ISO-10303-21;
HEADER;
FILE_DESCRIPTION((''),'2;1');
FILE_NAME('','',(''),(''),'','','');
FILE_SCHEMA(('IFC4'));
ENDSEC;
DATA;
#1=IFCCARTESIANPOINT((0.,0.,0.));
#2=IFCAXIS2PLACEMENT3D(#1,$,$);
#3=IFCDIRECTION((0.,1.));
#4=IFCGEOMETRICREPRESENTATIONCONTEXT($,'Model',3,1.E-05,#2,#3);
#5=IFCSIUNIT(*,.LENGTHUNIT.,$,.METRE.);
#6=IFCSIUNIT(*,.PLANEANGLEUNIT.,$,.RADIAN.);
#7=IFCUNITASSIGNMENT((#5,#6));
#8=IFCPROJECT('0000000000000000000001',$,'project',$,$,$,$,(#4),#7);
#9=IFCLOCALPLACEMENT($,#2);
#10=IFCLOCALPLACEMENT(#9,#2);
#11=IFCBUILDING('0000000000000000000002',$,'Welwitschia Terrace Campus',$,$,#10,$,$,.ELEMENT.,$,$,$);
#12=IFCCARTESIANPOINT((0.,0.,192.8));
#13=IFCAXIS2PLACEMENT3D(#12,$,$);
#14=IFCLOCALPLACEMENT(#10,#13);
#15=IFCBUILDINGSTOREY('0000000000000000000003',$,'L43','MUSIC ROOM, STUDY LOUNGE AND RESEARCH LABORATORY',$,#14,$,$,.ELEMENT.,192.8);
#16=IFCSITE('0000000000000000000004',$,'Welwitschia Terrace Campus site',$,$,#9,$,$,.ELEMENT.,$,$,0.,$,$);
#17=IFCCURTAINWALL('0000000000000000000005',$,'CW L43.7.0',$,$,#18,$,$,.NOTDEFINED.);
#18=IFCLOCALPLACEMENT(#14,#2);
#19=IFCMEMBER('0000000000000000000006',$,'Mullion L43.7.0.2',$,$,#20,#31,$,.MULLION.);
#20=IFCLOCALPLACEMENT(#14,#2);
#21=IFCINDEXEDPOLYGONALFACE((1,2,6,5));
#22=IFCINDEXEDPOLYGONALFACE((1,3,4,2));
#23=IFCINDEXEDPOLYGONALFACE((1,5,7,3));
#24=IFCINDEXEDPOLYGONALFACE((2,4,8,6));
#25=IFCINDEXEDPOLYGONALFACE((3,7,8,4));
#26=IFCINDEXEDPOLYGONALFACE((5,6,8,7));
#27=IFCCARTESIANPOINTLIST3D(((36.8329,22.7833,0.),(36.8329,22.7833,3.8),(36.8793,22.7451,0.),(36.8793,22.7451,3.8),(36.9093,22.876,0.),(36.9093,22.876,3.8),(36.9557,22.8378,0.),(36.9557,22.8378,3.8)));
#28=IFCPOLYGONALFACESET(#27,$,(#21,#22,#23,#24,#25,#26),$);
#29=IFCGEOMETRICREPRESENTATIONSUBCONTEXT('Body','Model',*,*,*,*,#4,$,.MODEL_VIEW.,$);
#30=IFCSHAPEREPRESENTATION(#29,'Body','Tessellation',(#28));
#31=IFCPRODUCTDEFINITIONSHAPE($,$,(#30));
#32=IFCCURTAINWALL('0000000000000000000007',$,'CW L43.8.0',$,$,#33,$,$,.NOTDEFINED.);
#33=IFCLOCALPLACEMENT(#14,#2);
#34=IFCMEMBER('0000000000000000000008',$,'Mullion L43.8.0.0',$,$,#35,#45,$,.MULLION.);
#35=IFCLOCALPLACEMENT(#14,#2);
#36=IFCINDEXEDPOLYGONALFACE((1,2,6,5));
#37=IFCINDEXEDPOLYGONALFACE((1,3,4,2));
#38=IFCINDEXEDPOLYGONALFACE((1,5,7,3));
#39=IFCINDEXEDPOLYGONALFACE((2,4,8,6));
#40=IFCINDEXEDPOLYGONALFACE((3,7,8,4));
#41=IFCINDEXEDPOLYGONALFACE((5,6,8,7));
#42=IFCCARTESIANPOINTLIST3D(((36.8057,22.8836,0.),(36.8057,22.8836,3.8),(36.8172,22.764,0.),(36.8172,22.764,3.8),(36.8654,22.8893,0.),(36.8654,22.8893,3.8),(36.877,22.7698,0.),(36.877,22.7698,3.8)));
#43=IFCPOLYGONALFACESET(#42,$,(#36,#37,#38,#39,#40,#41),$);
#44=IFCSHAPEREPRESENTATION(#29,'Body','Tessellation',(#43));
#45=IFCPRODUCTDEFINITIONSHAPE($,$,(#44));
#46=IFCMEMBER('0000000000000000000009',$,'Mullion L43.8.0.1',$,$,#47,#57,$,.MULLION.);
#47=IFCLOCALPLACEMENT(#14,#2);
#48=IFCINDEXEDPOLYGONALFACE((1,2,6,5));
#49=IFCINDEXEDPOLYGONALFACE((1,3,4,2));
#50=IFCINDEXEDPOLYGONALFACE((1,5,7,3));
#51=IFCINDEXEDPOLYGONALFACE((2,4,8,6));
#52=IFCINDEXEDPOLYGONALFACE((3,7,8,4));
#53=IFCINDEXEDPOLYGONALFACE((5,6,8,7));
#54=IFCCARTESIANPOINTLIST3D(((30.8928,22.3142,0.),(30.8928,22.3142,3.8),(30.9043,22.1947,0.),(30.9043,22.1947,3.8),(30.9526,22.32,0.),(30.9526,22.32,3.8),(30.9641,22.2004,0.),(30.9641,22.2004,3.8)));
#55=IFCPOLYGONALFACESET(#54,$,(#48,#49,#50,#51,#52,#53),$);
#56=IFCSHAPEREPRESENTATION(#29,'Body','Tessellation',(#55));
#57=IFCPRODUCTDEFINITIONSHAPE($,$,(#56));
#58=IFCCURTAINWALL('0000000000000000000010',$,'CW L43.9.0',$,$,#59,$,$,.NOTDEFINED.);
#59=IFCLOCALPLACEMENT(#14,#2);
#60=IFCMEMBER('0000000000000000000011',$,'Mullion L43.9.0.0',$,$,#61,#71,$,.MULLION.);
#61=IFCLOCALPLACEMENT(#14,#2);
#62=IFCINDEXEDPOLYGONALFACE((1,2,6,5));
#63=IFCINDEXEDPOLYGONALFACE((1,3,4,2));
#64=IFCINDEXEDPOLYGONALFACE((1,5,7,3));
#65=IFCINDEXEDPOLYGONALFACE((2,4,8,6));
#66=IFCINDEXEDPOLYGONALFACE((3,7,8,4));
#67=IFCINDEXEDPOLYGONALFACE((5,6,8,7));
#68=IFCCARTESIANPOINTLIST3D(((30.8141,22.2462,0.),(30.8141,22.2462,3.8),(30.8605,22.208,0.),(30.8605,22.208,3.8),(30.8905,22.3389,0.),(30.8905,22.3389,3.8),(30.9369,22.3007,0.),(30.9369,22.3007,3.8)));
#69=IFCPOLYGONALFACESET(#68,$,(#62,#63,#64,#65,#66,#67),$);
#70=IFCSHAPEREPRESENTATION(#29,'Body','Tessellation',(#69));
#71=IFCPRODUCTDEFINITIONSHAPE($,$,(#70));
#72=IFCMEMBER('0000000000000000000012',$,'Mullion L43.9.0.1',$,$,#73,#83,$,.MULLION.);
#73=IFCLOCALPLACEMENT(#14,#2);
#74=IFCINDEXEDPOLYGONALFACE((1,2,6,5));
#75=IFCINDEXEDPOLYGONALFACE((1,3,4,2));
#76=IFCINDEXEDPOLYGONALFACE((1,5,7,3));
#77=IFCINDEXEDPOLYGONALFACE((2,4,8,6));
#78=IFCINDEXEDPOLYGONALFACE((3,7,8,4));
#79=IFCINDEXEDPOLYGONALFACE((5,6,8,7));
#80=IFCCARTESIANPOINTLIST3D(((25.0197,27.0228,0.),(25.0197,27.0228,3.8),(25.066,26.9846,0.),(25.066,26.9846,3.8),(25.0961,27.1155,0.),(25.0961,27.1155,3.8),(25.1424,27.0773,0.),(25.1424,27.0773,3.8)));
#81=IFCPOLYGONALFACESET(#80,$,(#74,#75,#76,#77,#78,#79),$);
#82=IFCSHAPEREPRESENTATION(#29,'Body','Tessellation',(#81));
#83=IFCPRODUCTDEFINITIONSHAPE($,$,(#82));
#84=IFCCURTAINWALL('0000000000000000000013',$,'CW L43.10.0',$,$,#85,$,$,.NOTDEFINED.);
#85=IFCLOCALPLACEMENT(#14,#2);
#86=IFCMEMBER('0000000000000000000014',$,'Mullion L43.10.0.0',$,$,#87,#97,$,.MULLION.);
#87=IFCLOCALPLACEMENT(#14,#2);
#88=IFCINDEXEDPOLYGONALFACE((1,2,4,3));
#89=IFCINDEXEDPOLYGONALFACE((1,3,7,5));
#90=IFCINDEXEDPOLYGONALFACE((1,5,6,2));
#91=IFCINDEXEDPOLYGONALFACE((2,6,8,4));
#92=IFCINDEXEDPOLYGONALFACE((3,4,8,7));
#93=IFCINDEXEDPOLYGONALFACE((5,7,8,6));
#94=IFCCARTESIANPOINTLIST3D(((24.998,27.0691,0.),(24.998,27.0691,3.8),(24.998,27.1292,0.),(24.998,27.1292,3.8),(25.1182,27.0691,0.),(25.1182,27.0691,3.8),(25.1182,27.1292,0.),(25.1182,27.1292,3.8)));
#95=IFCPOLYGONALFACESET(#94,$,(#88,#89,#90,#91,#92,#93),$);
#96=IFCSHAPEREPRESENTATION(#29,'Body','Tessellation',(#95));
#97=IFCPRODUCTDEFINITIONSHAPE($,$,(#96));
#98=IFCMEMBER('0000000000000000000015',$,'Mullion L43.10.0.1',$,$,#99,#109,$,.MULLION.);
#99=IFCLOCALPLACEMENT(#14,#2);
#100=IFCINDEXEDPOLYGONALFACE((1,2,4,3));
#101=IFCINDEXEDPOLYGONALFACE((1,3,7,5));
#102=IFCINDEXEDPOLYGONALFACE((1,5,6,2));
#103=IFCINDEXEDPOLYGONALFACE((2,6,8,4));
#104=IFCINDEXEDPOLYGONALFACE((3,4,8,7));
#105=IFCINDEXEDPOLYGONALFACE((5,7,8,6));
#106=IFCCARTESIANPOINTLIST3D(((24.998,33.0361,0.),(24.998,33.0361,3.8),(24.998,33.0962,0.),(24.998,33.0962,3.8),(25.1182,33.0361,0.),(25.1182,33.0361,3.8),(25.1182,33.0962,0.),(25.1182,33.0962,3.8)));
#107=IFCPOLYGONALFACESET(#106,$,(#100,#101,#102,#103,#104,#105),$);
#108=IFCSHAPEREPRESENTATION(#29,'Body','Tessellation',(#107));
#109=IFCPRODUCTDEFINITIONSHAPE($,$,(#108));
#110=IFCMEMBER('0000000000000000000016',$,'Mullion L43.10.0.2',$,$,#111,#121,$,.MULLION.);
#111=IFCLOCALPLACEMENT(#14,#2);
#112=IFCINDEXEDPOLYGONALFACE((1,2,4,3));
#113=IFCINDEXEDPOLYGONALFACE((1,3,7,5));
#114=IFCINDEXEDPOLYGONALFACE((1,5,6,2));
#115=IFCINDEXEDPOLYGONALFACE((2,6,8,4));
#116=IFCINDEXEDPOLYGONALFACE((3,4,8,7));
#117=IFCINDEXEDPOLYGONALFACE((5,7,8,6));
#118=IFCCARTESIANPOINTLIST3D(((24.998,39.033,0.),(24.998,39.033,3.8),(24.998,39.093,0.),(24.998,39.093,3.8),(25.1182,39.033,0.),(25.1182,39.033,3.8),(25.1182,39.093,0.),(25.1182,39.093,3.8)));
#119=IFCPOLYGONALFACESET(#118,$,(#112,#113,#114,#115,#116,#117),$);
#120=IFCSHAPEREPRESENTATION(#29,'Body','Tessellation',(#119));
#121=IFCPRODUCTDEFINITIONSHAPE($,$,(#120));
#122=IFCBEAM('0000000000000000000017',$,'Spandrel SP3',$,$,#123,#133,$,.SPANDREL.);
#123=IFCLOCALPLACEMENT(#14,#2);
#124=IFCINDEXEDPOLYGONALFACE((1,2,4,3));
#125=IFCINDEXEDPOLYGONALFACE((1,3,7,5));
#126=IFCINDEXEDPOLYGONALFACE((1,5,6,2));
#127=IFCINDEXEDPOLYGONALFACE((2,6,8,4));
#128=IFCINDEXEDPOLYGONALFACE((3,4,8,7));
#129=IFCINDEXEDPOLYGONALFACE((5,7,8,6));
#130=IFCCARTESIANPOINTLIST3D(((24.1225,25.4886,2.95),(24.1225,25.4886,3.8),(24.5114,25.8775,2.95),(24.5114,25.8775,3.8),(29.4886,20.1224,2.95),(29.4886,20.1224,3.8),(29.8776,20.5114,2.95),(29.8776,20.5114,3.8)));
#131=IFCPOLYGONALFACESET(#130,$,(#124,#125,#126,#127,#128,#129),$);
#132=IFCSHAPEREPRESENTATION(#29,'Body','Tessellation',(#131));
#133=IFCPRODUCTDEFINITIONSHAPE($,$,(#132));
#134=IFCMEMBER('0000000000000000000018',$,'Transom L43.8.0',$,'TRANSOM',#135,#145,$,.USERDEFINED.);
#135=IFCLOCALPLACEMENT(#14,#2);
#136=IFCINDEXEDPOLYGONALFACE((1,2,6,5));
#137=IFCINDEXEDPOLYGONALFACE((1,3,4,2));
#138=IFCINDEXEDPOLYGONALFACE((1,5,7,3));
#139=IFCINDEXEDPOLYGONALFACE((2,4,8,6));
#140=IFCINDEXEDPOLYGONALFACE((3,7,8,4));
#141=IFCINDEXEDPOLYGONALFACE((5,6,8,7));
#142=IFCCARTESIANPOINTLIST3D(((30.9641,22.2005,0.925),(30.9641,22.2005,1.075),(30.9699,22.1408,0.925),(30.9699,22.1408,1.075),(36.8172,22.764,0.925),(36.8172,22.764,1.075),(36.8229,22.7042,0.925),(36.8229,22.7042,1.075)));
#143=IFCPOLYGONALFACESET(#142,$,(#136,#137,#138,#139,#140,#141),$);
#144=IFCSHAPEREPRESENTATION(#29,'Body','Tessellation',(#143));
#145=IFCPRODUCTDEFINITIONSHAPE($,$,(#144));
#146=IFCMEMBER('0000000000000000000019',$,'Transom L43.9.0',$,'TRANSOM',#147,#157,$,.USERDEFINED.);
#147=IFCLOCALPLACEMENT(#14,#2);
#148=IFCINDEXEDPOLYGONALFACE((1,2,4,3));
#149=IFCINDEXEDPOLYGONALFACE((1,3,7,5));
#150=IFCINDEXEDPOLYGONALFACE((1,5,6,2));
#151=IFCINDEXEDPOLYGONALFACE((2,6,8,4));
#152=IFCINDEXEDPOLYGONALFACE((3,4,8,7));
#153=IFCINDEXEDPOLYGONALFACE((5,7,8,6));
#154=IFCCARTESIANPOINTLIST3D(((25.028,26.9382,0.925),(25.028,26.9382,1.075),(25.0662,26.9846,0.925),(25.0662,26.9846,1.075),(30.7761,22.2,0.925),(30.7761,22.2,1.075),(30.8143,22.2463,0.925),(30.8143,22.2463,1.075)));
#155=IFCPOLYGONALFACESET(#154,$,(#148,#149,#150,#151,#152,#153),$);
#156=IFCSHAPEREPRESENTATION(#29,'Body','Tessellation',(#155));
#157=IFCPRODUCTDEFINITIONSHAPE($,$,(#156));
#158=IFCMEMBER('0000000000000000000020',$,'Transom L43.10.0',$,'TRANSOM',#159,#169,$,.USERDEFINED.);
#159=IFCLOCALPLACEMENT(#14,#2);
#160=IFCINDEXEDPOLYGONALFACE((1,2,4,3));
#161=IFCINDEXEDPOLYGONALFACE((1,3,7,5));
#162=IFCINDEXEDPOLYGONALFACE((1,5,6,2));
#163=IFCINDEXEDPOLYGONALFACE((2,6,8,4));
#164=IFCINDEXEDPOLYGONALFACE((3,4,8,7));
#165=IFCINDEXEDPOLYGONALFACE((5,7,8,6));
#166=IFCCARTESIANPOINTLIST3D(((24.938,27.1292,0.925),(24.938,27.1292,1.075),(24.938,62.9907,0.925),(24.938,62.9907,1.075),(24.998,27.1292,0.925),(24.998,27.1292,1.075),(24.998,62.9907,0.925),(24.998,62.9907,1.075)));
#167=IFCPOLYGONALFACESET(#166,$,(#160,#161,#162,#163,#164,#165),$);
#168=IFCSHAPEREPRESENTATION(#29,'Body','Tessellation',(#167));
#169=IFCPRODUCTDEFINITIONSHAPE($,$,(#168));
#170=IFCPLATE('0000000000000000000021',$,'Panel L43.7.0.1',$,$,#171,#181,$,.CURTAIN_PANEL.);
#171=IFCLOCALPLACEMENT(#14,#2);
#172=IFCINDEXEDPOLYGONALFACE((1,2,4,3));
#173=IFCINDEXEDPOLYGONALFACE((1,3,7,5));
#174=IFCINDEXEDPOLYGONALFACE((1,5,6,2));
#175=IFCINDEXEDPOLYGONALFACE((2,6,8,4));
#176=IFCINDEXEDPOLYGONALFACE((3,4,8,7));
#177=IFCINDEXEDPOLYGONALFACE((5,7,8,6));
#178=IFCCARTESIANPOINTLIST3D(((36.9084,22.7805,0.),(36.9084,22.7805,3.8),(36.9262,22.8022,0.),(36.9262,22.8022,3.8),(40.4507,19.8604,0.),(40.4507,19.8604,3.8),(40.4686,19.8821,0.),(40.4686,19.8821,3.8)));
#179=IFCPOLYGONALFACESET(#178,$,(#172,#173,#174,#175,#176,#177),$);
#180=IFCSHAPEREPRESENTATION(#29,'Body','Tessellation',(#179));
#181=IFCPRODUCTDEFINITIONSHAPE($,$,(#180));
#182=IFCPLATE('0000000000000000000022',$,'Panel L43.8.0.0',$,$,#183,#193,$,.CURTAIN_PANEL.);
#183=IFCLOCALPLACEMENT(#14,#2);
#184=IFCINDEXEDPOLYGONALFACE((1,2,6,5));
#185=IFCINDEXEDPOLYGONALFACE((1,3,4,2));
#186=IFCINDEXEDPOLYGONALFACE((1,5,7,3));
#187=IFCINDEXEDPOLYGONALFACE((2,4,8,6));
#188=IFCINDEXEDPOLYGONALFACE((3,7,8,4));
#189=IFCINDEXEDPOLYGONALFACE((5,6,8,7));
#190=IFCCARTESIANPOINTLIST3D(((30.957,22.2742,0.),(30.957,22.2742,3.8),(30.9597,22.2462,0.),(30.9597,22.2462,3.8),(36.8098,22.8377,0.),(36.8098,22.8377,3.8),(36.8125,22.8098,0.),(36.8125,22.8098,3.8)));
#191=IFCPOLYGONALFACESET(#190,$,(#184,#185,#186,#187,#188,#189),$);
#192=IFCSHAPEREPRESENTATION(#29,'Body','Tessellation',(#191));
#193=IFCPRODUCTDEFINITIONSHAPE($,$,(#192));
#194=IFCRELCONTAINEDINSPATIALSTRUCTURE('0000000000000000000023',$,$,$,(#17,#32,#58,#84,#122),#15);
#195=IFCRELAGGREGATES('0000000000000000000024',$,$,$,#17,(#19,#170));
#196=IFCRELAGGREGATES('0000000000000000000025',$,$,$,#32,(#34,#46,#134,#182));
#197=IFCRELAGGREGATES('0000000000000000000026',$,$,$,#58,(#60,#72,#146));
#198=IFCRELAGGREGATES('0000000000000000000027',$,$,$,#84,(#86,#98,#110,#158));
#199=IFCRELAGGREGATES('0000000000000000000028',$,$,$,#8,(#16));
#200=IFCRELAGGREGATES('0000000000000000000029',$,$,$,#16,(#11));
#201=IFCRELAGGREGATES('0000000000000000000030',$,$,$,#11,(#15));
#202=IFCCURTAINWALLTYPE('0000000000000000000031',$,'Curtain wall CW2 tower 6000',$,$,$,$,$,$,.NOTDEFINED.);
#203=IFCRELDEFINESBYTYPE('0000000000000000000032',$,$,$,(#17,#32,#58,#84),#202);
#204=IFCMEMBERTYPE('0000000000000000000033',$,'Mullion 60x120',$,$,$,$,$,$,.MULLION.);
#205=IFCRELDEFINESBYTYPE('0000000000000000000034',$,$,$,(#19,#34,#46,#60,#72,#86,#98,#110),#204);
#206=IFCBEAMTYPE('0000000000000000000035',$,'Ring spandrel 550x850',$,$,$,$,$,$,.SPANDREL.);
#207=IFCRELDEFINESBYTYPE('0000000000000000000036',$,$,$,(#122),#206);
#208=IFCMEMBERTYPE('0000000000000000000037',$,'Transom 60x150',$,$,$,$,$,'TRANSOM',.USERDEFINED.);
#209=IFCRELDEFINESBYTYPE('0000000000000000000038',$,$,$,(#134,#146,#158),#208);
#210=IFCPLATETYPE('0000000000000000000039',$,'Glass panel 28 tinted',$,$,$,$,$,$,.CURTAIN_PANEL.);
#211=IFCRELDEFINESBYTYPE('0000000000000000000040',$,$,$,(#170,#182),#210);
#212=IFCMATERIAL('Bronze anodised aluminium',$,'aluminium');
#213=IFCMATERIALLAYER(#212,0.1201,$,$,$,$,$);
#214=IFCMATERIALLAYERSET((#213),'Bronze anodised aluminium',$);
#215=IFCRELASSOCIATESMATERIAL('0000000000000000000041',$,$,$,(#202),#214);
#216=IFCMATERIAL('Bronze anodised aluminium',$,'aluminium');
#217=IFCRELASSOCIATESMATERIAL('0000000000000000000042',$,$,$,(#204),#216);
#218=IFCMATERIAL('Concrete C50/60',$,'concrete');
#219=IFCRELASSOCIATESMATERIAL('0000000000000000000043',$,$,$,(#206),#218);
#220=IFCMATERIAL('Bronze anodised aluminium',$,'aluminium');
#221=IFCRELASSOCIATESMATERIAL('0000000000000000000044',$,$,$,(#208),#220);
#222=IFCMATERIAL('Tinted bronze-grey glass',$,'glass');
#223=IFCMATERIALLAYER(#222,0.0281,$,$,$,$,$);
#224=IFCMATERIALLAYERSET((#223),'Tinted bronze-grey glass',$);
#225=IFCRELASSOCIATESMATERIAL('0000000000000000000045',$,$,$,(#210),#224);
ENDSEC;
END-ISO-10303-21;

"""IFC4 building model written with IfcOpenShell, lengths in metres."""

from ifc_helpers import new_model, si_unit, direction, frame, origin, origin_2d, place, context, subcontext, project, spatial, rectangle, extrude, material, layer, layer_set, material_profile, profile_set, type_object, element, aggregate, save


model = new_model("IFC4")

# Units and contexts
model_context = context("Model", 3, precision=1e-05, world=origin(), true_north=direction((0.0, 1.0)))
body_context = subcontext(model_context, "Body", "Model", "MODEL_VIEW")
ifc_project = project(units=[si_unit("LENGTHUNIT", "METRE"), si_unit("PLANEANGLEUNIT", "RADIAN")], contexts=[model_context])

# Site, building, storey
site_placement = place(None, origin())
site = spatial("IfcSite", under=ifc_project, at=site_placement, Name="Welwitschia Terrace Campus site", CompositionType="ELEMENT", RefElevation=0.0)
building_placement = place(site_placement, origin())
building = spatial("IfcBuilding", under=site, at=building_placement, Name="Welwitschia Terrace Campus", CompositionType="ELEMENT")
storey_placement = place(building_placement, frame((0.0, 0.0, 192.8)))
storey = spatial("IfcBuildingStorey", under=building, at=storey_placement, Name="L43", Description="MUSIC ROOM, STUDY LOUNGE AND RESEARCH LABORATORY", CompositionType="ELEMENT", Elevation=192.8)

# Curtain wall, member
ifc_material_1 = material(Name="Bronze anodised aluminium", Category="aluminium")
ifc_layer_1 = layer(ifc_material_1, 0.1201)
ifc_layer_set_1 = layer_set([ifc_layer_1], Name="Bronze anodised aluminium")
curtain_wall_type = type_object("IfcCurtainWallType", Name="Curtain wall CW2 tower 6000", PredefinedType="NOTDEFINED", material=ifc_layer_set_1)
curtain_wall_1_placement = place(storey_placement, origin())
curtain_wall_1 = element("IfcCurtainWall", 1, at=curtain_wall_1_placement, inside=storey, type_object=curtain_wall_type, Name="CW L43.7.0", PredefinedType="NOTDEFINED")
ifc_material_2 = material(Name="Bronze anodised aluminium", Category="aluminium")
ifc_material_profile_1 = material_profile(ifc_material_2, rectangle(XDim=0.1201, YDim=0.0601, at=origin_2d()))
ifc_profile_set_1 = profile_set([ifc_material_profile_1], Name="Bronze anodised aluminium")
member_type_1 = type_object("IfcMemberType", Name="Mullion 60x120", PredefinedType="MULLION", material=ifc_profile_set_1)
member_1_placement = place(storey_placement, frame((36.8943, 22.8105, 0.0), z_axis=(0.0, 0.0, 1.0), x_axis=(-0.636078, -0.771625, 0.0)))
member_1 = element("IfcMember", 2, at=member_1_placement, type_object=member_type_1, Name="Mullion L43.7.0.2", PredefinedType="MULLION", context=body_context, shape_type="SweptSolid", body=[
    extrude(rectangle(XDim=0.1201, YDim=0.0601, at=origin_2d()), origin(), (0.0, 0.0, 1.0), 3.8),
])

# Curtain walls, members
curtain_wall_2_placement = place(storey_placement, origin())
curtain_wall_2 = element("IfcCurtainWall", 3, at=curtain_wall_2_placement, inside=storey, type_object=curtain_wall_type, Name="CW L43.8.0", PredefinedType="NOTDEFINED")
member_2_placement = place(storey_placement, frame((36.8413, 22.8267, 0.0), z_axis=(0.0, 0.0, 1.0), x_axis=(0.095846, -0.995396, 0.0)))
member_2 = element("IfcMember", 4, at=member_2_placement, type_object=member_type_1, Name="Mullion L43.8.0.0", PredefinedType="MULLION", context=body_context, shape_type="SweptSolid", body=[
    extrude(rectangle(XDim=0.1201, YDim=0.0601, at=origin_2d()), origin(), (0.0, 0.0, 1.0), 3.8),
])
member_3_placement = place(storey_placement, frame((30.9285, 22.2573, 0.0), z_axis=(0.0, 0.0, 1.0), x_axis=(0.095846, -0.995396, 0.0)))
member_3 = element("IfcMember", 5, at=member_3_placement, type_object=member_type_1, Name="Mullion L43.8.0.1", PredefinedType="MULLION", context=body_context, shape_type="SweptSolid", body=[
    extrude(rectangle(XDim=0.1201, YDim=0.0601, at=origin_2d()), origin(), (0.0, 0.0, 1.0), 3.8),
])
curtain_wall_3_placement = place(storey_placement, origin())
curtain_wall_3 = element("IfcCurtainWall", 6, at=curtain_wall_3_placement, inside=storey, type_object=curtain_wall_type, Name="CW L43.9.0", PredefinedType="NOTDEFINED")
member_4_placement = place(storey_placement, frame((30.8755, 22.2734, 0.0), z_axis=(0.0, 0.0, 1.0), x_axis=(-0.636078, -0.771625, 0.0)))
member_4 = element("IfcMember", 7, at=member_4_placement, type_object=member_type_1, Name="Mullion L43.9.0.0", PredefinedType="MULLION", context=body_context, shape_type="SweptSolid", body=[
    extrude(rectangle(XDim=0.1201, YDim=0.0601, at=origin_2d()), origin(), (0.0, 0.0, 1.0), 3.8),
])
member_5_placement = place(storey_placement, frame((25.0811, 27.05, 0.0), z_axis=(0.0, 0.0, 1.0), x_axis=(-0.636078, -0.771625, 0.0)))
member_5 = element("IfcMember", 8, at=member_5_placement, type_object=member_type_1, Name="Mullion L43.9.0.1", PredefinedType="MULLION", context=body_context, shape_type="SweptSolid", body=[
    extrude(rectangle(XDim=0.1201, YDim=0.0601, at=origin_2d()), origin(), (0.0, 0.0, 1.0), 3.8),
])
curtain_wall_4_placement = place(storey_placement, origin())
curtain_wall_4 = element("IfcCurtainWall", 9, at=curtain_wall_4_placement, inside=storey, type_object=curtain_wall_type, Name="CW L43.10.0", PredefinedType="NOTDEFINED")
member_6_placement = place(storey_placement, frame((25.0581, 27.0991, 0.0), z_axis=(0.0, 0.0, 1.0), x_axis=(-1.0, 0.0, 0.0)))
member_6 = element("IfcMember", 10, at=member_6_placement, type_object=member_type_1, Name="Mullion L43.10.0.0", PredefinedType="MULLION", context=body_context, shape_type="SweptSolid", body=[
    extrude(rectangle(XDim=0.1201, YDim=0.0601, at=origin_2d()), origin(), (0.0, 0.0, 1.0), 3.8),
])
member_7_placement = place(storey_placement, frame((25.0581, 33.0662, 0.0), z_axis=(0.0, 0.0, 1.0), x_axis=(-1.0, 0.0, 0.0)))
member_7 = element("IfcMember", 11, at=member_7_placement, type_object=member_type_1, Name="Mullion L43.10.0.1", PredefinedType="MULLION", context=body_context, shape_type="SweptSolid", body=[
    extrude(rectangle(XDim=0.1201, YDim=0.0601, at=origin_2d()), origin(), (0.0, 0.0, 1.0), 3.8),
])
member_8_placement = place(storey_placement, frame((25.0581, 39.063, 0.0), z_axis=(0.0, 0.0, 1.0), x_axis=(-1.0, 0.0, 0.0)))
member_8 = element("IfcMember", 12, at=member_8_placement, type_object=member_type_1, Name="Mullion L43.10.0.2", PredefinedType="MULLION", context=body_context, shape_type="SweptSolid", body=[
    extrude(rectangle(XDim=0.1201, YDim=0.0601, at=origin_2d()), origin(), (0.0, 0.0, 1.0), 3.8),
])

# Beam
ifc_material_3 = material(Name="Concrete C50/60", Category="concrete")
ifc_material_profile_2 = material_profile(ifc_material_3, rectangle(XDim=0.55, YDim=0.8501, at=origin_2d()))
ifc_profile_set_2 = profile_set([ifc_material_profile_2], Name="Concrete C50/60")
beam_type = type_object("IfcBeamType", Name="Ring spandrel 550x850", PredefinedType="SPANDREL", material=ifc_profile_set_2)
beam_placement = place(storey_placement, frame((29.6831, 20.3169, 3.375), z_axis=(-0.707107, 0.707107, 0.0), x_axis=(-0.707107, -0.707107, 0.0)))
element("IfcBeam", 13, at=beam_placement, inside=storey, type_object=beam_type, Name="Spandrel SP3", PredefinedType="SPANDREL", context=body_context, shape_type="SweptSolid", body=[
    extrude(rectangle(XDim=0.55, YDim=0.8501, at=origin_2d()), origin(), (0.0, 0.0, 1.0), 7.5889),
])

# Members
ifc_material_4 = material(Name="Bronze anodised aluminium", Category="aluminium")
ifc_material_profile_3 = material_profile(ifc_material_4, rectangle(XDim=0.0601, YDim=0.1499, at=origin_2d()))
ifc_profile_set_3 = profile_set([ifc_material_profile_3], Name="Bronze anodised aluminium")
member_type_2 = type_object("IfcMemberType", Name="Transom 60x150", ElementType="TRANSOM", PredefinedType="USERDEFINED", material=ifc_profile_set_3)
member_9_placement = place(storey_placement, frame((36.8201, 22.7341, 1.0), z_axis=(-0.995398, -0.095828, 0.0), x_axis=(0.095828, -0.995398, 0.0)))
member_9 = element("IfcMember", 14, at=member_9_placement, type_object=member_type_2, Name="Transom L43.8.0", ObjectType="TRANSOM", PredefinedType="USERDEFINED", context=body_context, shape_type="SweptSolid", body=[
    extrude(rectangle(XDim=0.0601, YDim=0.1499, at=origin_2d()), origin(), (0.0, 0.0, 1.0), 5.8801),
])
member_10_placement = place(storey_placement, frame((30.7952, 22.2231, 1.0), z_axis=(-0.771627, 0.636075, 0.0), x_axis=(-0.636075, -0.771627, 0.0)))
member_10 = element("IfcMember", 15, at=member_10_placement, type_object=member_type_2, Name="Transom L43.9.0", ObjectType="TRANSOM", PredefinedType="USERDEFINED", context=body_context, shape_type="SweptSolid", body=[
    extrude(rectangle(XDim=0.0601, YDim=0.1499, at=origin_2d()), origin(), (0.0, 0.0, 1.0), 7.4492),
])
member_11_placement = place(storey_placement, frame((24.968, 27.1292, 1.0), z_axis=(0.0, 1.0, 0.0), x_axis=(-1.0, 0.0, 0.0)))
member_11 = element("IfcMember", 16, at=member_11_placement, type_object=member_type_2, Name="Transom L43.10.0", ObjectType="TRANSOM", PredefinedType="USERDEFINED", context=body_context, shape_type="SweptSolid", body=[
    extrude(rectangle(XDim=0.0601, YDim=0.1499, at=origin_2d()), origin(), (0.0, 0.0, 1.0), 35.8616),
])

# Plates
ifc_material_5 = material(Name="Tinted bronze-grey glass", Category="glass")
ifc_layer_2 = layer(ifc_material_5, 0.0281)
ifc_layer_set_2 = layer_set([ifc_layer_2], Name="Tinted bronze-grey glass")
plate_type = type_object("IfcPlateType", Name="Glass panel 28 tinted", PredefinedType="CURTAIN_PANEL", material=ifc_layer_set_2)
plate_1_placement = place(storey_placement, frame((38.6885, 21.3313, 0.0), z_axis=(0.0, 0.0, 1.0), x_axis=(-0.771625, 0.636078, 0.0)))
plate_1 = element("IfcPlate", 17, at=plate_1_placement, type_object=plate_type, Name="Panel L43.7.0.1", PredefinedType="CURTAIN_PANEL", context=body_context, shape_type="SweptSolid", body=[
    extrude(rectangle(XDim=4.5908, YDim=0.0281, at=origin_2d()), origin(), (0.0, 0.0, 1.0), 3.8),
])
aggregate(curtain_wall_1, [member_1, plate_1])
plate_2_placement = place(storey_placement, frame((33.8848, 22.542, 0.0), z_axis=(0.0, 0.0, 1.0), x_axis=(-0.995396, -0.095846, 0.0)))
plate_2 = element("IfcPlate", 18, at=plate_2_placement, type_object=plate_type, Name="Panel L43.8.0.0", PredefinedType="CURTAIN_PANEL", context=body_context, shape_type="SweptSolid", body=[
    extrude(rectangle(XDim=5.8799, YDim=0.0281, at=origin_2d()), origin(), (0.0, 0.0, 1.0), 3.8),
])
aggregate(curtain_wall_2, [member_2, member_3, member_9, plate_2])
aggregate(curtain_wall_3, [member_4, member_5, member_10])
aggregate(curtain_wall_4, [member_6, member_7, member_8, member_11])

save(model, "model.ifc")
